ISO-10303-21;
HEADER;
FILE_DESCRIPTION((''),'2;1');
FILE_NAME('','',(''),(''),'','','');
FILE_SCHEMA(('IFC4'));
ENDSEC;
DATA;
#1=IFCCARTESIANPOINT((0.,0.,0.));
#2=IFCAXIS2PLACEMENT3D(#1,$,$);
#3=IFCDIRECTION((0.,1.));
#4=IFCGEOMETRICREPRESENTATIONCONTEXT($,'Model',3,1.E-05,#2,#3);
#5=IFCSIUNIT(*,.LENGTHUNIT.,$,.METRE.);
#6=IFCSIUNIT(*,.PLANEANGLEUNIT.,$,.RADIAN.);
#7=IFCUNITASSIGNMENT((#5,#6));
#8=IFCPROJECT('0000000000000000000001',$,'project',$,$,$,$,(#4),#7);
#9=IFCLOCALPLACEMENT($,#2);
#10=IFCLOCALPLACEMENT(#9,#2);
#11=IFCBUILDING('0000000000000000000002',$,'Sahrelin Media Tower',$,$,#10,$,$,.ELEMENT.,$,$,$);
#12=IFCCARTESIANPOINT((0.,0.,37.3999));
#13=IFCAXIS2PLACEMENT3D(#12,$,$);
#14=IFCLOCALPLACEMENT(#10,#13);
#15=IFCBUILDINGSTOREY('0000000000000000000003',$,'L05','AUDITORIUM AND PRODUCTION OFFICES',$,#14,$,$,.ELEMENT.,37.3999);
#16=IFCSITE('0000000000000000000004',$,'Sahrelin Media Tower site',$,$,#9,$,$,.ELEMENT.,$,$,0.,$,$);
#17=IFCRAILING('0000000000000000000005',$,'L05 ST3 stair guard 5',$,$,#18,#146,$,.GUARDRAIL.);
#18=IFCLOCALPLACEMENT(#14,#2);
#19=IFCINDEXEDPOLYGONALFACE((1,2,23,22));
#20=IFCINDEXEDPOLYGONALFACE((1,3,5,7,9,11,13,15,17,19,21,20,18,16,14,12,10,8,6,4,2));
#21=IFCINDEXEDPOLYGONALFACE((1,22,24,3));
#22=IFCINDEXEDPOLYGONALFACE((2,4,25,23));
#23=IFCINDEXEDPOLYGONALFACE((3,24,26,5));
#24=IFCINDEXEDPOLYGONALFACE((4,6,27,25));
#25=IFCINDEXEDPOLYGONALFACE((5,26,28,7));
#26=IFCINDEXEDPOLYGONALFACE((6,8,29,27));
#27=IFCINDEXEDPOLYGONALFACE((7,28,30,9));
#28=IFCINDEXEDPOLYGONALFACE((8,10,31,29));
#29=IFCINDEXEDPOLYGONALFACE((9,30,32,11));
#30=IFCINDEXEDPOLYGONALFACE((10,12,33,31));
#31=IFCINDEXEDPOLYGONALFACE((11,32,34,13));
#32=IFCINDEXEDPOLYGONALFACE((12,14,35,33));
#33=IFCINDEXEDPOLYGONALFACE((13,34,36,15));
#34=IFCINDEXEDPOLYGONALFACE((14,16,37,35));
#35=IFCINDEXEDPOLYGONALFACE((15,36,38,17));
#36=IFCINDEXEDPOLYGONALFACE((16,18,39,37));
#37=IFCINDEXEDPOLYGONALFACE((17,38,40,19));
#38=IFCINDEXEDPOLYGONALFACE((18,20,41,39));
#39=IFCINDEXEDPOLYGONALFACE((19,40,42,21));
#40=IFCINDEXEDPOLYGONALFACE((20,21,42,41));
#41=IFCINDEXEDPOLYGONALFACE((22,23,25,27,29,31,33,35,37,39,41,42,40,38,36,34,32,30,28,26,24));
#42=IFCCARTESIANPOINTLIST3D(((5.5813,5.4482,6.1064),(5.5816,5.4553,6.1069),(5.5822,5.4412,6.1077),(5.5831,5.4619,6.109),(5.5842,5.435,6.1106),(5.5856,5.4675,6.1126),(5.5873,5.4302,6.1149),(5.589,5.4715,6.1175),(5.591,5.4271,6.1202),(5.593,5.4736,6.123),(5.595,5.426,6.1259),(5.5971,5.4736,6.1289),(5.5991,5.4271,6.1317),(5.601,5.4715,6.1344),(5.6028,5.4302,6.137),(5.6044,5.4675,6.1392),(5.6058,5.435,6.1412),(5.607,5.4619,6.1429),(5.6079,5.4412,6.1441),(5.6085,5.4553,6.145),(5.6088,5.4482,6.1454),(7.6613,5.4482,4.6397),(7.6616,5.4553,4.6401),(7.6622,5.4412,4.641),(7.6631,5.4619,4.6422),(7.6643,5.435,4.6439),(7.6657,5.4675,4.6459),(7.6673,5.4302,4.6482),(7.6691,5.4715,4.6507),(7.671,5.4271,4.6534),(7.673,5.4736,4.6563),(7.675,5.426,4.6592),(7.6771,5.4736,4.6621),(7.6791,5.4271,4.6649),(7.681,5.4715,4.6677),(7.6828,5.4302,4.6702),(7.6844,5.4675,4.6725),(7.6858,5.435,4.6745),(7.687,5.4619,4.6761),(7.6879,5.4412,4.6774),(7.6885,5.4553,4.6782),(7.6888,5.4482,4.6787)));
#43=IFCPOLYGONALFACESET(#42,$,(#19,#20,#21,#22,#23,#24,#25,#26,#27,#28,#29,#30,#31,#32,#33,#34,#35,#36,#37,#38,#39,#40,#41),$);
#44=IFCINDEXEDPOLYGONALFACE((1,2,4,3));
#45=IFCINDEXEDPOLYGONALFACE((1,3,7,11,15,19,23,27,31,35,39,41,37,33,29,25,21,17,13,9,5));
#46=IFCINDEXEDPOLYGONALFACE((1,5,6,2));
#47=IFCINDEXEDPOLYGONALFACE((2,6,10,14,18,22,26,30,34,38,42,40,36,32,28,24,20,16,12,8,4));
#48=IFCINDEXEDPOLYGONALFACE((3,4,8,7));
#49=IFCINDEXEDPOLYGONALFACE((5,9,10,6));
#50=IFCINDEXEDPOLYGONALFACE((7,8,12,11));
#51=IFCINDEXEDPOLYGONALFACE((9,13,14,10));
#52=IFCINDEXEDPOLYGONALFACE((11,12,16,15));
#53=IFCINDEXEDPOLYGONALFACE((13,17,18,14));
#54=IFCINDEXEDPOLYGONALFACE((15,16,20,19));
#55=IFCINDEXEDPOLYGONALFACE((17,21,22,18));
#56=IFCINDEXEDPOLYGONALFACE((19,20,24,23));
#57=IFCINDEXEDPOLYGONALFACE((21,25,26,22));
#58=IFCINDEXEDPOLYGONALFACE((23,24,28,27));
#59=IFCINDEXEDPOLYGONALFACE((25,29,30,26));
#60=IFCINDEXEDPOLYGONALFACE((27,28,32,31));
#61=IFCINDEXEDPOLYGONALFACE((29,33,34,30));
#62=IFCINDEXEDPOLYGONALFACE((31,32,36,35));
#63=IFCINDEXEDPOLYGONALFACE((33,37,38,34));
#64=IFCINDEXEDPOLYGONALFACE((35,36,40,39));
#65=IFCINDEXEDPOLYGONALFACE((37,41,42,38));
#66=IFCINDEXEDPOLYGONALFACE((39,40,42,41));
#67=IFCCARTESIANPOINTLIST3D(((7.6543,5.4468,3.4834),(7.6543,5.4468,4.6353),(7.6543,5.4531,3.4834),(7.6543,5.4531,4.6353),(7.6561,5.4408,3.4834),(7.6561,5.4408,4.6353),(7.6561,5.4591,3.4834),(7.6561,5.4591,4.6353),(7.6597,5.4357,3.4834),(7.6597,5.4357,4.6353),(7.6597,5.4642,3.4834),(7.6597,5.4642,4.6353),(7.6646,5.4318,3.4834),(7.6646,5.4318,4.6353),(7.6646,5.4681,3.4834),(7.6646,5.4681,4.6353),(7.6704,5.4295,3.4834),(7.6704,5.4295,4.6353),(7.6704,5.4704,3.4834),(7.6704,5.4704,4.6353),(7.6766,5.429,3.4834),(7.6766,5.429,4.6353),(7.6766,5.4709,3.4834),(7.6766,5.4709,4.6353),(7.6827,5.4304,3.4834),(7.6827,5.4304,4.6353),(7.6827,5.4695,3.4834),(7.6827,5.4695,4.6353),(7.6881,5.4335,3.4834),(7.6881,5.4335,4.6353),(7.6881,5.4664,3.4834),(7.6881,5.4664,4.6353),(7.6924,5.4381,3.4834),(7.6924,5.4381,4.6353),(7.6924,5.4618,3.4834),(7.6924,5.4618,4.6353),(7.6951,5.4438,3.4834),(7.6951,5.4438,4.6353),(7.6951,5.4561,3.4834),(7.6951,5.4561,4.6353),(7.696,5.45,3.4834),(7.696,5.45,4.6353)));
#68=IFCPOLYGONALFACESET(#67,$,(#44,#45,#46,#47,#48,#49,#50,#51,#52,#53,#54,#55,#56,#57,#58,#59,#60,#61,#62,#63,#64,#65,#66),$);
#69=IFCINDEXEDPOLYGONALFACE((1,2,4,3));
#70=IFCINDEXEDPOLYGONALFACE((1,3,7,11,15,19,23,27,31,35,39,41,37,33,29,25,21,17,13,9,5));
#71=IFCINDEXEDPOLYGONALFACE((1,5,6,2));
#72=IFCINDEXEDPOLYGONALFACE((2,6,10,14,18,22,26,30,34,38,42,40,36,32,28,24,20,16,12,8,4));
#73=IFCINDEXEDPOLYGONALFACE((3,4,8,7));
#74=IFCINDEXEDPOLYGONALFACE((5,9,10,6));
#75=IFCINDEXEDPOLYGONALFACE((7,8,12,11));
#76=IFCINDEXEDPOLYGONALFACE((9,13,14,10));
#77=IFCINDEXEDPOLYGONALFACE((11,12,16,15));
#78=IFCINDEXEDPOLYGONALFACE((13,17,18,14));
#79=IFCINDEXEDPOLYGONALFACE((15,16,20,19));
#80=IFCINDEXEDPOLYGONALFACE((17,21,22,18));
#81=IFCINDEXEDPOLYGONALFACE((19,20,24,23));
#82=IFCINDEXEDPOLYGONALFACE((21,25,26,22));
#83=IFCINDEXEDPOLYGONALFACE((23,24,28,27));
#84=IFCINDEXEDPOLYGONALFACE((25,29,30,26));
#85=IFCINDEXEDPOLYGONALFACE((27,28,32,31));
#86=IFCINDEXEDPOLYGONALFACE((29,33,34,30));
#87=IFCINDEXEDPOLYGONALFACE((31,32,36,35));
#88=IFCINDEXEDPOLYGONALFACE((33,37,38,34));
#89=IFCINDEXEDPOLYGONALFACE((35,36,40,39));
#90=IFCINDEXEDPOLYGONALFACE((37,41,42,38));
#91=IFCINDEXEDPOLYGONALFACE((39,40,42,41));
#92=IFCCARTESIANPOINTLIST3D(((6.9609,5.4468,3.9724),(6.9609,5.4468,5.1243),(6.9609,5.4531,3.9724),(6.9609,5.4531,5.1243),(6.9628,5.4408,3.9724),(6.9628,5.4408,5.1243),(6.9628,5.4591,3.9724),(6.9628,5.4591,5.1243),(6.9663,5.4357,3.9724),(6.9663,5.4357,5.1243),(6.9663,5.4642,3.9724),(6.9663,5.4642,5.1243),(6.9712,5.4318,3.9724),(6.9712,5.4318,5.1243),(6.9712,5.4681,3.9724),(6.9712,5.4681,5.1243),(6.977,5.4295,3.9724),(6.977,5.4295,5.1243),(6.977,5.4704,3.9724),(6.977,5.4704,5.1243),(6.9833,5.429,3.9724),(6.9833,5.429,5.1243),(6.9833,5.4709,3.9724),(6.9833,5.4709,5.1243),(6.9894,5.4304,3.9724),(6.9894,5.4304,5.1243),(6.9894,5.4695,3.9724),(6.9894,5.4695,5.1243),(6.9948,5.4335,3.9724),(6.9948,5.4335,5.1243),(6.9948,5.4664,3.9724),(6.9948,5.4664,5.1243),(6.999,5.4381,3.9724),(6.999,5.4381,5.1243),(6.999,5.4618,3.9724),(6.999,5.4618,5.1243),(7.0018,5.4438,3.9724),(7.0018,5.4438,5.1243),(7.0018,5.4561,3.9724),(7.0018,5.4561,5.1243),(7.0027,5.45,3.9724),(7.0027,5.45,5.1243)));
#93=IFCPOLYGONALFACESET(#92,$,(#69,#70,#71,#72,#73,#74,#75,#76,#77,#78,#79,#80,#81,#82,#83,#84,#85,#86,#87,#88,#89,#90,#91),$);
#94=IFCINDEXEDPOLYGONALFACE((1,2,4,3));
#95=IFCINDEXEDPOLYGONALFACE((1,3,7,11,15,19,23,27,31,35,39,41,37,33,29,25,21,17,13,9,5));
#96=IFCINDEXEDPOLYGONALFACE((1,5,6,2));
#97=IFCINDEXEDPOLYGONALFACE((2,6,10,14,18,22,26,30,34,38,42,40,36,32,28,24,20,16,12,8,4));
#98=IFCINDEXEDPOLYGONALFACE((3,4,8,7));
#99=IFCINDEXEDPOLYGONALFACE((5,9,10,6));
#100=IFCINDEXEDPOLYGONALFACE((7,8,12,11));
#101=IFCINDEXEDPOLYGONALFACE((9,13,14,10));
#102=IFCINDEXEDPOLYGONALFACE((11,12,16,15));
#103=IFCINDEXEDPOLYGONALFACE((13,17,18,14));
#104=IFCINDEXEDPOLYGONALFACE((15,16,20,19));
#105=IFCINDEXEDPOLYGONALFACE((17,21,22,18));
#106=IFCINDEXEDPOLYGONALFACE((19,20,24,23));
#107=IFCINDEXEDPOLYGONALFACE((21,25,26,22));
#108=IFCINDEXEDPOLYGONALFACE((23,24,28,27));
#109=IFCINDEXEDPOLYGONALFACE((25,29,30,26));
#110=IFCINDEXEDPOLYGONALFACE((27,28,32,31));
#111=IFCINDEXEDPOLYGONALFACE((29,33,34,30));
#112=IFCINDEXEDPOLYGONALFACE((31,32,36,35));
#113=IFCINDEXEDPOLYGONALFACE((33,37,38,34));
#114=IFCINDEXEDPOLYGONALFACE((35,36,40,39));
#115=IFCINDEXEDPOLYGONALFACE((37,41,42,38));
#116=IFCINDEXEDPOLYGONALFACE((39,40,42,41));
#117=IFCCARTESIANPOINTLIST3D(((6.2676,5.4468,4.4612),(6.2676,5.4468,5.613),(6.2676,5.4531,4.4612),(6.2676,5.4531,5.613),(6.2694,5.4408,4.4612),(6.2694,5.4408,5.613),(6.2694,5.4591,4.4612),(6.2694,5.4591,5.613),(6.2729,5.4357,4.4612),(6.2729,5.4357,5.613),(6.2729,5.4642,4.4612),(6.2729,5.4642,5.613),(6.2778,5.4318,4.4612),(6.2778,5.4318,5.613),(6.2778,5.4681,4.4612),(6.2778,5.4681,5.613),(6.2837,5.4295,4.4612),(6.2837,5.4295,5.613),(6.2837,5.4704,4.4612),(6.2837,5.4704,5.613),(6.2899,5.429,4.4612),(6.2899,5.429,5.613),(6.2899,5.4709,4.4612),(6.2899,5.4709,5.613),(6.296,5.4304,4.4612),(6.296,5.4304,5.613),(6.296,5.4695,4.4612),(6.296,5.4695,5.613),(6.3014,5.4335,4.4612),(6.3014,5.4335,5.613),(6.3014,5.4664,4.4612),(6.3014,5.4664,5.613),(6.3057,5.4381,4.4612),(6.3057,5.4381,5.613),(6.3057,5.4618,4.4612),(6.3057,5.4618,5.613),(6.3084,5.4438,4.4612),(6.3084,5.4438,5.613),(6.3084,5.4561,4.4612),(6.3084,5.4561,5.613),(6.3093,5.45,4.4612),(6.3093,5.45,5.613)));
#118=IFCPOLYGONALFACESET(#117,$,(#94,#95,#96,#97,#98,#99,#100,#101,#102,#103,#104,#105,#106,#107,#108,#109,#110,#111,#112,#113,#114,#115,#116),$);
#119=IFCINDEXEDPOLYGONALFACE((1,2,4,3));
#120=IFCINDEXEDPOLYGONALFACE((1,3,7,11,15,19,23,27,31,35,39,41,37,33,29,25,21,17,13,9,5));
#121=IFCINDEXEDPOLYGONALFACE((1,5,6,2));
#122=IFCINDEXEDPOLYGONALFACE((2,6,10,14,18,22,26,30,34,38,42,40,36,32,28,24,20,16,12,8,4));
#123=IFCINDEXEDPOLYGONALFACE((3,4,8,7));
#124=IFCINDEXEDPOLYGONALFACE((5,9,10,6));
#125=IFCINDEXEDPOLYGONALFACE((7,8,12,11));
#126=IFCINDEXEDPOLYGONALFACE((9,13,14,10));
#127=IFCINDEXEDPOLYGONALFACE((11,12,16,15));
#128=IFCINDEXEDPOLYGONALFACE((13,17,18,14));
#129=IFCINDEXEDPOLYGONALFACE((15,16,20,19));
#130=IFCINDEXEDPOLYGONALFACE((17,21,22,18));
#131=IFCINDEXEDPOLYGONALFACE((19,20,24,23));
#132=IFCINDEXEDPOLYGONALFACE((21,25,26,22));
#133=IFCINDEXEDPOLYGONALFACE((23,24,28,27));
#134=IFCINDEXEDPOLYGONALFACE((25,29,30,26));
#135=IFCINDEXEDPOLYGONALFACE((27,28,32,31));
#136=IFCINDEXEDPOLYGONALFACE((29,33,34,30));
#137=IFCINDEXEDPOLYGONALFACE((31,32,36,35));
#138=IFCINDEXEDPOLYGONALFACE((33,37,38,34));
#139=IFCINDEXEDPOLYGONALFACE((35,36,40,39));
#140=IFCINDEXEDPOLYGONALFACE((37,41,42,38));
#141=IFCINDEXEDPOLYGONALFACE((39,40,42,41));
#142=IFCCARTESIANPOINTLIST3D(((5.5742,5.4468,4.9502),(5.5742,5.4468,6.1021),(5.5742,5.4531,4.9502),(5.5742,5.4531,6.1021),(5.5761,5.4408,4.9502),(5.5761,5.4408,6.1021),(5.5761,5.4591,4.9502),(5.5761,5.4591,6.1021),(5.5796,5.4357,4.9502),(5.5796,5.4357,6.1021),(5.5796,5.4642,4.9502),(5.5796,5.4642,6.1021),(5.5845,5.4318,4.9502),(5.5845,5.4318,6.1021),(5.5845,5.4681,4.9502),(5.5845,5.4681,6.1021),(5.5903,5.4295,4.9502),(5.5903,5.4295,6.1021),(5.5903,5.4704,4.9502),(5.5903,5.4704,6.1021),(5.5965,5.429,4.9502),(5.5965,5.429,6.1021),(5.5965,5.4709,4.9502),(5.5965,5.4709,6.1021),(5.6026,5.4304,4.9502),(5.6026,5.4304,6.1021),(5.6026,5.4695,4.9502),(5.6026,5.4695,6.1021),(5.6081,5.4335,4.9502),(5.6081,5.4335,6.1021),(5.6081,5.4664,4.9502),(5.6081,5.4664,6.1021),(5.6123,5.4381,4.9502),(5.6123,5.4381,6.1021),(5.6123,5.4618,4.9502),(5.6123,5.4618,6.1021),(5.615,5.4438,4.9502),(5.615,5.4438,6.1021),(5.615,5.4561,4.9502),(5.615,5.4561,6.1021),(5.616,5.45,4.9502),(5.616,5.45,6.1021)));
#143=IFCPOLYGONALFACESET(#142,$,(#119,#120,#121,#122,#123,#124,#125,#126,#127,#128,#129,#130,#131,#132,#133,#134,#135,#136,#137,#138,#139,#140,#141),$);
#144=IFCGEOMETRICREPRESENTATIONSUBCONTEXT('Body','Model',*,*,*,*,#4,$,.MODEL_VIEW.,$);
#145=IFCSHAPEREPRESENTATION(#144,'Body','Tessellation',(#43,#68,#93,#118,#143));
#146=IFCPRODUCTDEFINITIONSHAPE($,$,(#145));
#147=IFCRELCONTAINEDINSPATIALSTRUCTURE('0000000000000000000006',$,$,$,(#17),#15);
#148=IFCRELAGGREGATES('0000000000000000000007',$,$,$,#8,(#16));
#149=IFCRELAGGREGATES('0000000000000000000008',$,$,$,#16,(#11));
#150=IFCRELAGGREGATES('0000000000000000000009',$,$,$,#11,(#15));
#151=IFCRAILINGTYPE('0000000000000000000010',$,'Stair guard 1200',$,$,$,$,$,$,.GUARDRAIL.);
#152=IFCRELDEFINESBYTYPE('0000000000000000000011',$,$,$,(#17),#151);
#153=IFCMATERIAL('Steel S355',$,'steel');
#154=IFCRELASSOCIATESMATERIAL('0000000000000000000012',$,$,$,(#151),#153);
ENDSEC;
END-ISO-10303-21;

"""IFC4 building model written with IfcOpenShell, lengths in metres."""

from ifc_helpers import new_model, si_unit, direction, frame, origin, origin_2d, place, context, subcontext, project, spatial, circle, extrude, material, type_object, element, save


model = new_model("IFC4")

# Units and contexts
model_context = context("Model", 3, precision=1e-05, world=origin(), true_north=direction((0.0, 1.0)))
body_context = subcontext(model_context, "Body", "Model", "MODEL_VIEW")
ifc_project = project(units=[si_unit("LENGTHUNIT", "METRE"), si_unit("PLANEANGLEUNIT", "RADIAN")], contexts=[model_context])

# Site, building, storey
site_placement = place(None, origin())
site = spatial("IfcSite", under=ifc_project, at=site_placement, Name="Sahrelin Media Tower site", CompositionType="ELEMENT", RefElevation=0.0)
building_placement = place(site_placement, origin())
building = spatial("IfcBuilding", under=site, at=building_placement, Name="Sahrelin Media Tower", CompositionType="ELEMENT")
storey_placement = place(building_placement, frame((0.0, 0.0, 37.3999)))
storey = spatial("IfcBuildingStorey", under=building, at=storey_placement, Name="L05", Description="AUDITORIUM AND PRODUCTION OFFICES", CompositionType="ELEMENT", Elevation=37.3999)

# Shared definitions
ifc_material_1 = material(Name="Steel S355", Category="steel")

# Railing
railing_type_1 = type_object("IfcRailingType", Name="Stair guard 1200", PredefinedType="GUARDRAIL", material=ifc_material_1)
railing_1_placement = place(storey_placement, frame((7.675, 5.45, 3.4834)))
element("IfcRailing", 1, at=railing_1_placement, inside=storey, type_object=railing_type_1, Name="L05 ST3 stair guard 5", PredefinedType="GUARDRAIL", context=body_context, shape_type="SweptSolid", body=[
    extrude(circle(Radius=0.0239, at=origin_2d()), frame((0.0, 0.0, 1.1758), z_axis=(-0.817244, 0.0, 0.576291), x_axis=(0.0, -1.0, 0.0)), (0.0, 0.0, 1.0), 2.5452),
    extrude(circle(Radius=0.021, at=origin_2d()), origin(), (0.0, 0.0, 1.0), 1.1519),
    extrude(circle(Radius=0.021, at=origin_2d()), frame((-0.6934, 0.0, 0.489)), (0.0, 0.0, 1.0), 1.1519),
    extrude(circle(Radius=0.021, at=origin_2d()), frame((-1.3867, 0.0, 0.9778)), (0.0, 0.0, 1.0), 1.1519),
    extrude(circle(Radius=0.021, at=origin_2d()), frame((-2.0801, 0.0, 1.4668)), (0.0, 0.0, 1.0), 1.1519),
])

save(model, "model.ifc")
